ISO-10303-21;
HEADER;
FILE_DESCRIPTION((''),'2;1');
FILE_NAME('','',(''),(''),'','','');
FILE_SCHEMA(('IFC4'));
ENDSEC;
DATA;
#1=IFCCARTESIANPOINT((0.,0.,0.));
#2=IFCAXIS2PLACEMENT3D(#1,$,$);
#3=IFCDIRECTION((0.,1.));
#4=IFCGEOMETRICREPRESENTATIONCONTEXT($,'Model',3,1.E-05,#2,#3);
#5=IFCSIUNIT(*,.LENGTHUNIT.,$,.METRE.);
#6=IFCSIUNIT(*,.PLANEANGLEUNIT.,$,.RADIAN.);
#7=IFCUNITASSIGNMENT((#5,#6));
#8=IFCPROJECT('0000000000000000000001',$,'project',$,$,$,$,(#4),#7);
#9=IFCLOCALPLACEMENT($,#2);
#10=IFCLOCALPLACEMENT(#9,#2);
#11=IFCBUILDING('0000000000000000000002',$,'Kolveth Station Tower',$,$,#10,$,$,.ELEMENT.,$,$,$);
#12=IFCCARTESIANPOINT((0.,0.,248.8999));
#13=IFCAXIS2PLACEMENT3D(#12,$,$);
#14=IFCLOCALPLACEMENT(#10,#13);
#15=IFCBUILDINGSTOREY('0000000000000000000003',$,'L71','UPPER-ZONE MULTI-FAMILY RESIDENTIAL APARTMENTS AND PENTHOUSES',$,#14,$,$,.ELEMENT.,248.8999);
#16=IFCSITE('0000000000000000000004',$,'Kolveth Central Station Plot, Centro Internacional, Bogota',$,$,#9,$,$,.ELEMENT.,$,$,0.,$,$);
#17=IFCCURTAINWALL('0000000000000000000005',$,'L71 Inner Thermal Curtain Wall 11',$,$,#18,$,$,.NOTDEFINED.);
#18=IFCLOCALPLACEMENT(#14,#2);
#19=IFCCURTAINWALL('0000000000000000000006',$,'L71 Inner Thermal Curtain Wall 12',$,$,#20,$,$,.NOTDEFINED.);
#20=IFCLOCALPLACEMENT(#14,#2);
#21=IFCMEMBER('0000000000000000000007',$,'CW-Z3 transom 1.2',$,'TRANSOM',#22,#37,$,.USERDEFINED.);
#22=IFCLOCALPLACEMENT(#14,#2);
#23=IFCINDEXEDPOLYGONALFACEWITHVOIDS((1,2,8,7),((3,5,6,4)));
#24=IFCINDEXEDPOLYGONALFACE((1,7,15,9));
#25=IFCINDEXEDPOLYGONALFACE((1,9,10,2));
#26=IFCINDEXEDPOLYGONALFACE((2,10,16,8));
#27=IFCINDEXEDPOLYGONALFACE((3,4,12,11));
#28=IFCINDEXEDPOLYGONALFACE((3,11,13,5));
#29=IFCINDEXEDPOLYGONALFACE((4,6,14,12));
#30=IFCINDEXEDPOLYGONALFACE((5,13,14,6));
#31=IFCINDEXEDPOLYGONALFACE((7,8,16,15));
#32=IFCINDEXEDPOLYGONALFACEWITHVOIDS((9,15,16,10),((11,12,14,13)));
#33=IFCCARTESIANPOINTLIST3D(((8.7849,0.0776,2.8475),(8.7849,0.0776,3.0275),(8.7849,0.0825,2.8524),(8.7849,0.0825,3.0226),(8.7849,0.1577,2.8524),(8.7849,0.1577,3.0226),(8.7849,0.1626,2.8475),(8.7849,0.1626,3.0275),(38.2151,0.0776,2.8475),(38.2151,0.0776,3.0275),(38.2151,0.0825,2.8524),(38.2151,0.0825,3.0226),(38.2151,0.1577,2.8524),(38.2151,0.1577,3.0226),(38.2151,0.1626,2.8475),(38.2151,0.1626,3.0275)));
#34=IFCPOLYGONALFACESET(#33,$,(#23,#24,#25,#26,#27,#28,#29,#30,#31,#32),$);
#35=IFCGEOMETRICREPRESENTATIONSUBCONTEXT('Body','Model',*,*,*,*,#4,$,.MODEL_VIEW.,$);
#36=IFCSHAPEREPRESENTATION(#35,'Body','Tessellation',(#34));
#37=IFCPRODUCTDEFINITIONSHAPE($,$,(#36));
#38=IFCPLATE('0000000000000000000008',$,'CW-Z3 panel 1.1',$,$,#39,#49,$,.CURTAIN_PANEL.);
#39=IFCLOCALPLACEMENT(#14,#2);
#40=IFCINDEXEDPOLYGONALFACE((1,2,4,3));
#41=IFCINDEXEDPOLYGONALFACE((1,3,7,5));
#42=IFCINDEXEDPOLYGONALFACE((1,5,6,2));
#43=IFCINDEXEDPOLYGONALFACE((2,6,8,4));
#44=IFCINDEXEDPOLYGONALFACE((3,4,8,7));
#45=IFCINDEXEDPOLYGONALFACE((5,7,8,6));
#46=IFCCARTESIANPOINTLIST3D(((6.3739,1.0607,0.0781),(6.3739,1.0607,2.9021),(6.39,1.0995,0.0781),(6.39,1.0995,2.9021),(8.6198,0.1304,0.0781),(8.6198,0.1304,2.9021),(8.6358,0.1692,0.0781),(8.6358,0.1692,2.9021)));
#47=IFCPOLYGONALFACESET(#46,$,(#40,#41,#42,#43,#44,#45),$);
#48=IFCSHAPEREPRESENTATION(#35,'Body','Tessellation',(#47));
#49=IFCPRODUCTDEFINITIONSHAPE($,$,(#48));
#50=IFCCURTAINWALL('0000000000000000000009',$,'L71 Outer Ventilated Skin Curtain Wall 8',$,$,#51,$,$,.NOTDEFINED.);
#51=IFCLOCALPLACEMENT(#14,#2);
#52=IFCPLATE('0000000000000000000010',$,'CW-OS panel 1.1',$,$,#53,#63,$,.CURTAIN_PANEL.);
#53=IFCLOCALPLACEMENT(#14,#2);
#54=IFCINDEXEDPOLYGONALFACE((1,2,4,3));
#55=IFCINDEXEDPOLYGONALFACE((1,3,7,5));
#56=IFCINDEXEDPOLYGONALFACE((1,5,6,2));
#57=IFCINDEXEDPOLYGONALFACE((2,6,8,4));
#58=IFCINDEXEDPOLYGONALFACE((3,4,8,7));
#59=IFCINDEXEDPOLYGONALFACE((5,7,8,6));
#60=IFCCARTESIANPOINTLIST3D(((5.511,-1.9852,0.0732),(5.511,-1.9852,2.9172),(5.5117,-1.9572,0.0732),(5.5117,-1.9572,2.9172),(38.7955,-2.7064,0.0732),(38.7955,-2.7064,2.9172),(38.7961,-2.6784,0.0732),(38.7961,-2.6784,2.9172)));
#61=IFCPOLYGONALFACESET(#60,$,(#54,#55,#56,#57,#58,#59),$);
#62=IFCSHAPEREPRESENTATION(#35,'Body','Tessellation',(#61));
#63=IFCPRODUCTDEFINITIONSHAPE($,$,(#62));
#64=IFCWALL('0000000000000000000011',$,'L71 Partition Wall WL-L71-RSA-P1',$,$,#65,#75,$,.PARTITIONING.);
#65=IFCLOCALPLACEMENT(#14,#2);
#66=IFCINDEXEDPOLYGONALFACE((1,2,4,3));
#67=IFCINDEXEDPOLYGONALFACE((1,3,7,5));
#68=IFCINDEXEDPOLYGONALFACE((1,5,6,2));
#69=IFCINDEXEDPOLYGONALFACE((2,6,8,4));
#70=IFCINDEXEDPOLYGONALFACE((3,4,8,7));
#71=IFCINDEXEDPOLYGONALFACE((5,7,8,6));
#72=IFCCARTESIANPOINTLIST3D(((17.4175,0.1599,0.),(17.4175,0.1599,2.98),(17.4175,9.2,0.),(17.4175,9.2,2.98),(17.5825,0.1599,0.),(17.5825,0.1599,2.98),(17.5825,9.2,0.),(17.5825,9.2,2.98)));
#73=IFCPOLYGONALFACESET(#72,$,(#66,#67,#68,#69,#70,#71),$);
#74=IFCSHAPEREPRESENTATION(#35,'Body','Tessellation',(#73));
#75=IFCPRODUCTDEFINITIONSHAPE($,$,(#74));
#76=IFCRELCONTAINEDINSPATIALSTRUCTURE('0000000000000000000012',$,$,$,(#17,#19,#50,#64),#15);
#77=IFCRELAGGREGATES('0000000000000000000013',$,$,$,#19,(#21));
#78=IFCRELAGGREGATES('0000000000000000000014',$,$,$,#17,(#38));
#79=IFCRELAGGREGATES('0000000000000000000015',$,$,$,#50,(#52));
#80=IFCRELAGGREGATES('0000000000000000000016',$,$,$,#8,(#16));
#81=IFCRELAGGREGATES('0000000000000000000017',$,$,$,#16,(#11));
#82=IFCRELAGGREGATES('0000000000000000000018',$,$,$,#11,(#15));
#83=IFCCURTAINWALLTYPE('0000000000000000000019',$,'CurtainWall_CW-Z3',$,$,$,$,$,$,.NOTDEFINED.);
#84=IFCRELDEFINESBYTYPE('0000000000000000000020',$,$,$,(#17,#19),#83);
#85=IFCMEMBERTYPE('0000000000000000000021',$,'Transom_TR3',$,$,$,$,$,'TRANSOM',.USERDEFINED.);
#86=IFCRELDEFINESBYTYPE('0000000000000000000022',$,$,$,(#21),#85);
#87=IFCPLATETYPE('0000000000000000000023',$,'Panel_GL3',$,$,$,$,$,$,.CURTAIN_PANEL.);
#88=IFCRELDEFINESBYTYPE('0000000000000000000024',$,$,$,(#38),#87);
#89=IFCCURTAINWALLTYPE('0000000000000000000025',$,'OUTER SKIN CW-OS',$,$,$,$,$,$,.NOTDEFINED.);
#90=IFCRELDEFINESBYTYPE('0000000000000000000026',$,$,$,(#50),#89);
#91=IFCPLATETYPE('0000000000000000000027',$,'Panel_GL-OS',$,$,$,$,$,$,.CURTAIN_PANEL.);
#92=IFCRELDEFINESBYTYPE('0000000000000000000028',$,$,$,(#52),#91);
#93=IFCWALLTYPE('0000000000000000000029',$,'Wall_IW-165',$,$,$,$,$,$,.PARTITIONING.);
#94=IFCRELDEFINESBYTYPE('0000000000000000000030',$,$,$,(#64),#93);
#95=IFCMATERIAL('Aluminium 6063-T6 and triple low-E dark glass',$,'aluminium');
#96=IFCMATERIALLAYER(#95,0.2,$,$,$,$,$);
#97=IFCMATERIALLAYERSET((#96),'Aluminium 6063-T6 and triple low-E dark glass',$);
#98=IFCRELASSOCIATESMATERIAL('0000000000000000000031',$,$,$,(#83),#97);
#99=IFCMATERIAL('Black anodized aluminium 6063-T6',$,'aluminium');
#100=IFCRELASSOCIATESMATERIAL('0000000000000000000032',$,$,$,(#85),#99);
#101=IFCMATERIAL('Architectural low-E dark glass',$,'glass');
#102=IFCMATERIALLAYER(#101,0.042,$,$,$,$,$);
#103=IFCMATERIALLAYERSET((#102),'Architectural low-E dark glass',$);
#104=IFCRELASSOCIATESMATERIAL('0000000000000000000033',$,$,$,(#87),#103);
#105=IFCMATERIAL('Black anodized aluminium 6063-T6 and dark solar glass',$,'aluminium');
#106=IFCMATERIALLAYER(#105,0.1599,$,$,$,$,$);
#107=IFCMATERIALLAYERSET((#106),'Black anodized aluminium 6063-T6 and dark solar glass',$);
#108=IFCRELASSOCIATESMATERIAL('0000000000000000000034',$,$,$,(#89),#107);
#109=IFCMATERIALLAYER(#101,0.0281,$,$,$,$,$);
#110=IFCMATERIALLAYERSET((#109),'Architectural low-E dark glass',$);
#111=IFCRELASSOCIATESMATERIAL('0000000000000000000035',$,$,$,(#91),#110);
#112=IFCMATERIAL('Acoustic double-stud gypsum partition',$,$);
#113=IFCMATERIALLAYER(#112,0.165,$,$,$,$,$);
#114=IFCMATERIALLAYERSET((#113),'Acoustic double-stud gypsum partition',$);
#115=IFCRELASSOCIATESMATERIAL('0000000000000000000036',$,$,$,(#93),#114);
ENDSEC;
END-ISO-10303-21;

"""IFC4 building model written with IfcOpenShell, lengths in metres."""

from ifc_helpers import new_model, si_unit, direction, frame, frame_2d, origin, origin_2d, place, context, subcontext, project, spatial, rectangle, hollow_rectangle, extrude, source, transform, mapped, material, layer, layer_set, material_profile, profile_set, type_object, element, aggregate, save


model = new_model("IFC4")

# Units and contexts
model_context = context("Model", 3, precision=1e-05, world=origin(), true_north=direction((0.0, 1.0)))
body_context = subcontext(model_context, "Body", "Model", "MODEL_VIEW")
ifc_project = project(units=[si_unit("LENGTHUNIT", "METRE"), si_unit("PLANEANGLEUNIT", "RADIAN")], contexts=[model_context])

# Site, building, storey
site_placement = place(None, origin())
site = spatial("IfcSite", under=ifc_project, at=site_placement, Name="Kolveth Central Station Plot, Centro Internacional, Bogota", CompositionType="ELEMENT", RefElevation=0.0)
building_placement = place(site_placement, origin())
building = spatial("IfcBuilding", under=site, at=building_placement, Name="Kolveth Station Tower", CompositionType="ELEMENT")
storey_placement = place(building_placement, frame((0.0, 0.0, 248.8999)))
storey = spatial("IfcBuildingStorey", under=building, at=storey_placement, Name="L71", Description="UPPER-ZONE MULTI-FAMILY RESIDENTIAL APARTMENTS AND PENTHOUSES", CompositionType="ELEMENT", Elevation=248.8999)

# Curtain wall
ifc_material_1 = material(Name="Aluminium 6063-T6 and triple low-E dark glass", Category="aluminium")
ifc_layer_1 = layer(ifc_material_1, 0.2)
ifc_layer_set_1 = layer_set([ifc_layer_1], Name="Aluminium 6063-T6 and triple low-E dark glass")
curtain_wall_type_1 = type_object("IfcCurtainWallType", Name="CurtainWall_CW-Z3", PredefinedType="NOTDEFINED", material=ifc_layer_set_1)
curtain_wall_1_placement = place(storey_placement, origin())
curtain_wall_1 = element("IfcCurtainWall", 1, at=curtain_wall_1_placement, inside=storey, type_object=curtain_wall_type_1, Name="L71 Inner Thermal Curtain Wall 11", PredefinedType="NOTDEFINED")
ifc_material_2 = material(Name="Black anodized aluminium 6063-T6", Category="aluminium")

# Curtain wall, member
curtain_wall_2_placement = place(storey_placement, origin())
curtain_wall_2 = element("IfcCurtainWall", 2, at=curtain_wall_2_placement, inside=storey, type_object=curtain_wall_type_1, Name="L71 Inner Thermal Curtain Wall 12", PredefinedType="NOTDEFINED")
ifc_material_profile_1 = material_profile(ifc_material_2, hollow_rectangle(XDim=0.085, YDim=0.1799, WallThickness=0.0049, at=origin_2d()), Name="ALU-85x180x5")
ifc_profile_set_1 = profile_set([ifc_material_profile_1], Name="Black anodized aluminium 6063-T6")
member_type_1 = type_object("IfcMemberType", Name="Transom_TR3", ElementType="TRANSOM", PredefinedType="USERDEFINED", material=ifc_profile_set_1)
shared_shape_1 = source(origin(), body_context, "Body", "SweptSolid", [
    extrude(hollow_rectangle(XDim=0.085, YDim=0.1799, WallThickness=0.0049, at=origin_2d()), origin(), (0.0, 0.0, 1.0), 29.4302),
])
member_1_placement = place(storey_placement, frame((8.7849, 0.1201, 2.9375), z_axis=(1.0, 0.0, 0.0), x_axis=(0.0, 1.0, 0.0)))
member_1 = element("IfcMember", 3, at=member_1_placement, type_object=member_type_1, Name="CW-Z3 transom 1.2", ObjectType="TRANSOM", PredefinedType="USERDEFINED", context=body_context, shape_type="MappedRepresentation", body=[
    mapped(shared_shape_1, transform((0.0, 0.0, 0.0), x_axis=(1.0, 0.0, 0.0), y_axis=(0.0, 1.0, 0.0), z_axis=(0.0, 0.0, 1.0), scale=1.0)),
])
aggregate(curtain_wall_2, [member_1])

# Plate
ifc_material_3 = material(Name="Architectural low-E dark glass", Category="glass")
ifc_layer_2 = layer(ifc_material_3, 0.042)
ifc_layer_set_2 = layer_set([ifc_layer_2], Name="Architectural low-E dark glass")
plate_type_1 = type_object("IfcPlateType", Name="Panel_GL3", PredefinedType="CURTAIN_PANEL", material=ifc_layer_set_2)
shared_shape_2 = source(origin(), body_context, "Body", "SweptSolid", [
    extrude(rectangle(XDim=2.4309, YDim=0.042, at=origin_2d()), origin(), (0.0, 0.0, 1.0), 2.824),
])
plate_1_placement = place(storey_placement, frame((7.5049, 0.615, 0.0781), z_axis=(0.0, 0.0, 1.0), x_axis=(0.923875, -0.382693, 0.0)))
plate_1 = element("IfcPlate", 4, at=plate_1_placement, type_object=plate_type_1, Name="CW-Z3 panel 1.1", PredefinedType="CURTAIN_PANEL", context=body_context, shape_type="MappedRepresentation", body=[
    mapped(shared_shape_2, transform((0.0, 0.0, 0.0), x_axis=(1.0, 0.0, 0.0), y_axis=(0.0, 1.0, 0.0), z_axis=(0.0, 0.0, 1.0), scale=1.0)),
])
aggregate(curtain_wall_1, [plate_1])

# Curtain wall, plate
ifc_material_4 = material(Name="Black anodized aluminium 6063-T6 and dark solar glass", Category="aluminium")
ifc_layer_3 = layer(ifc_material_4, 0.1599)
ifc_layer_set_3 = layer_set([ifc_layer_3], Name="Black anodized aluminium 6063-T6 and dark solar glass")
curtain_wall_type_2 = type_object("IfcCurtainWallType", Name="OUTER SKIN CW-OS", PredefinedType="NOTDEFINED", material=ifc_layer_set_3)
curtain_wall_3_placement = place(storey_placement, origin())
curtain_wall_3 = element("IfcCurtainWall", 5, at=curtain_wall_3_placement, inside=storey, type_object=curtain_wall_type_2, Name="L71 Outer Ventilated Skin Curtain Wall 8", PredefinedType="NOTDEFINED")
ifc_layer_4 = layer(ifc_material_3, 0.0281)
ifc_layer_set_4 = layer_set([ifc_layer_4], Name="Architectural low-E dark glass")
plate_type_2 = type_object("IfcPlateType", Name="Panel_GL-OS", PredefinedType="CURTAIN_PANEL", material=ifc_layer_set_4)
shared_shape_3 = source(origin(), body_context, "Body", "SweptSolid", [
    extrude(rectangle(XDim=33.2922, YDim=0.0281, at=origin_2d()), origin(), (0.0, 0.0, 1.0), 2.844),
])
plate_2_placement = place(storey_placement, frame((22.1536, -2.3318, 0.0732), z_axis=(0.0, 0.0, 1.0), x_axis=(0.999765, -0.021663, 0.0)))
plate_2 = element("IfcPlate", 6, at=plate_2_placement, type_object=plate_type_2, Name="CW-OS panel 1.1", PredefinedType="CURTAIN_PANEL", context=body_context, shape_type="MappedRepresentation", body=[
    mapped(shared_shape_3, transform((0.0, 0.0, 0.0), x_axis=(1.0, 0.0, 0.0), y_axis=(0.0, 1.0, 0.0), z_axis=(0.0, 0.0, 1.0), scale=1.0)),
])
aggregate(curtain_wall_3, [plate_2])

# Wall
ifc_material_5 = material(Name="Acoustic double-stud gypsum partition")
ifc_layer_5 = layer(ifc_material_5, 0.165)
ifc_layer_set_5 = layer_set([ifc_layer_5], Name="Acoustic double-stud gypsum partition")
wall_type = type_object("IfcWallType", Name="Wall_IW-165", PredefinedType="PARTITIONING", material=ifc_layer_set_5)
wall_placement = place(storey_placement, frame((17.5, 0.1599, 0.0), z_axis=(0.0, 0.0, 1.0), x_axis=(0.0, 1.0, 0.0)))
element("IfcWall", 7, at=wall_placement, inside=storey, type_object=wall_type, Name="L71 Partition Wall WL-L71-RSA-P1", PredefinedType="PARTITIONING", context=body_context, shape_type="SweptSolid", body=[
    extrude(rectangle(XDim=9.04, YDim=0.165, at=frame_2d((4.52, 0.0))), origin(), (0.0, 0.0, 1.0), 2.98),
])

save(model, "model.ifc")
